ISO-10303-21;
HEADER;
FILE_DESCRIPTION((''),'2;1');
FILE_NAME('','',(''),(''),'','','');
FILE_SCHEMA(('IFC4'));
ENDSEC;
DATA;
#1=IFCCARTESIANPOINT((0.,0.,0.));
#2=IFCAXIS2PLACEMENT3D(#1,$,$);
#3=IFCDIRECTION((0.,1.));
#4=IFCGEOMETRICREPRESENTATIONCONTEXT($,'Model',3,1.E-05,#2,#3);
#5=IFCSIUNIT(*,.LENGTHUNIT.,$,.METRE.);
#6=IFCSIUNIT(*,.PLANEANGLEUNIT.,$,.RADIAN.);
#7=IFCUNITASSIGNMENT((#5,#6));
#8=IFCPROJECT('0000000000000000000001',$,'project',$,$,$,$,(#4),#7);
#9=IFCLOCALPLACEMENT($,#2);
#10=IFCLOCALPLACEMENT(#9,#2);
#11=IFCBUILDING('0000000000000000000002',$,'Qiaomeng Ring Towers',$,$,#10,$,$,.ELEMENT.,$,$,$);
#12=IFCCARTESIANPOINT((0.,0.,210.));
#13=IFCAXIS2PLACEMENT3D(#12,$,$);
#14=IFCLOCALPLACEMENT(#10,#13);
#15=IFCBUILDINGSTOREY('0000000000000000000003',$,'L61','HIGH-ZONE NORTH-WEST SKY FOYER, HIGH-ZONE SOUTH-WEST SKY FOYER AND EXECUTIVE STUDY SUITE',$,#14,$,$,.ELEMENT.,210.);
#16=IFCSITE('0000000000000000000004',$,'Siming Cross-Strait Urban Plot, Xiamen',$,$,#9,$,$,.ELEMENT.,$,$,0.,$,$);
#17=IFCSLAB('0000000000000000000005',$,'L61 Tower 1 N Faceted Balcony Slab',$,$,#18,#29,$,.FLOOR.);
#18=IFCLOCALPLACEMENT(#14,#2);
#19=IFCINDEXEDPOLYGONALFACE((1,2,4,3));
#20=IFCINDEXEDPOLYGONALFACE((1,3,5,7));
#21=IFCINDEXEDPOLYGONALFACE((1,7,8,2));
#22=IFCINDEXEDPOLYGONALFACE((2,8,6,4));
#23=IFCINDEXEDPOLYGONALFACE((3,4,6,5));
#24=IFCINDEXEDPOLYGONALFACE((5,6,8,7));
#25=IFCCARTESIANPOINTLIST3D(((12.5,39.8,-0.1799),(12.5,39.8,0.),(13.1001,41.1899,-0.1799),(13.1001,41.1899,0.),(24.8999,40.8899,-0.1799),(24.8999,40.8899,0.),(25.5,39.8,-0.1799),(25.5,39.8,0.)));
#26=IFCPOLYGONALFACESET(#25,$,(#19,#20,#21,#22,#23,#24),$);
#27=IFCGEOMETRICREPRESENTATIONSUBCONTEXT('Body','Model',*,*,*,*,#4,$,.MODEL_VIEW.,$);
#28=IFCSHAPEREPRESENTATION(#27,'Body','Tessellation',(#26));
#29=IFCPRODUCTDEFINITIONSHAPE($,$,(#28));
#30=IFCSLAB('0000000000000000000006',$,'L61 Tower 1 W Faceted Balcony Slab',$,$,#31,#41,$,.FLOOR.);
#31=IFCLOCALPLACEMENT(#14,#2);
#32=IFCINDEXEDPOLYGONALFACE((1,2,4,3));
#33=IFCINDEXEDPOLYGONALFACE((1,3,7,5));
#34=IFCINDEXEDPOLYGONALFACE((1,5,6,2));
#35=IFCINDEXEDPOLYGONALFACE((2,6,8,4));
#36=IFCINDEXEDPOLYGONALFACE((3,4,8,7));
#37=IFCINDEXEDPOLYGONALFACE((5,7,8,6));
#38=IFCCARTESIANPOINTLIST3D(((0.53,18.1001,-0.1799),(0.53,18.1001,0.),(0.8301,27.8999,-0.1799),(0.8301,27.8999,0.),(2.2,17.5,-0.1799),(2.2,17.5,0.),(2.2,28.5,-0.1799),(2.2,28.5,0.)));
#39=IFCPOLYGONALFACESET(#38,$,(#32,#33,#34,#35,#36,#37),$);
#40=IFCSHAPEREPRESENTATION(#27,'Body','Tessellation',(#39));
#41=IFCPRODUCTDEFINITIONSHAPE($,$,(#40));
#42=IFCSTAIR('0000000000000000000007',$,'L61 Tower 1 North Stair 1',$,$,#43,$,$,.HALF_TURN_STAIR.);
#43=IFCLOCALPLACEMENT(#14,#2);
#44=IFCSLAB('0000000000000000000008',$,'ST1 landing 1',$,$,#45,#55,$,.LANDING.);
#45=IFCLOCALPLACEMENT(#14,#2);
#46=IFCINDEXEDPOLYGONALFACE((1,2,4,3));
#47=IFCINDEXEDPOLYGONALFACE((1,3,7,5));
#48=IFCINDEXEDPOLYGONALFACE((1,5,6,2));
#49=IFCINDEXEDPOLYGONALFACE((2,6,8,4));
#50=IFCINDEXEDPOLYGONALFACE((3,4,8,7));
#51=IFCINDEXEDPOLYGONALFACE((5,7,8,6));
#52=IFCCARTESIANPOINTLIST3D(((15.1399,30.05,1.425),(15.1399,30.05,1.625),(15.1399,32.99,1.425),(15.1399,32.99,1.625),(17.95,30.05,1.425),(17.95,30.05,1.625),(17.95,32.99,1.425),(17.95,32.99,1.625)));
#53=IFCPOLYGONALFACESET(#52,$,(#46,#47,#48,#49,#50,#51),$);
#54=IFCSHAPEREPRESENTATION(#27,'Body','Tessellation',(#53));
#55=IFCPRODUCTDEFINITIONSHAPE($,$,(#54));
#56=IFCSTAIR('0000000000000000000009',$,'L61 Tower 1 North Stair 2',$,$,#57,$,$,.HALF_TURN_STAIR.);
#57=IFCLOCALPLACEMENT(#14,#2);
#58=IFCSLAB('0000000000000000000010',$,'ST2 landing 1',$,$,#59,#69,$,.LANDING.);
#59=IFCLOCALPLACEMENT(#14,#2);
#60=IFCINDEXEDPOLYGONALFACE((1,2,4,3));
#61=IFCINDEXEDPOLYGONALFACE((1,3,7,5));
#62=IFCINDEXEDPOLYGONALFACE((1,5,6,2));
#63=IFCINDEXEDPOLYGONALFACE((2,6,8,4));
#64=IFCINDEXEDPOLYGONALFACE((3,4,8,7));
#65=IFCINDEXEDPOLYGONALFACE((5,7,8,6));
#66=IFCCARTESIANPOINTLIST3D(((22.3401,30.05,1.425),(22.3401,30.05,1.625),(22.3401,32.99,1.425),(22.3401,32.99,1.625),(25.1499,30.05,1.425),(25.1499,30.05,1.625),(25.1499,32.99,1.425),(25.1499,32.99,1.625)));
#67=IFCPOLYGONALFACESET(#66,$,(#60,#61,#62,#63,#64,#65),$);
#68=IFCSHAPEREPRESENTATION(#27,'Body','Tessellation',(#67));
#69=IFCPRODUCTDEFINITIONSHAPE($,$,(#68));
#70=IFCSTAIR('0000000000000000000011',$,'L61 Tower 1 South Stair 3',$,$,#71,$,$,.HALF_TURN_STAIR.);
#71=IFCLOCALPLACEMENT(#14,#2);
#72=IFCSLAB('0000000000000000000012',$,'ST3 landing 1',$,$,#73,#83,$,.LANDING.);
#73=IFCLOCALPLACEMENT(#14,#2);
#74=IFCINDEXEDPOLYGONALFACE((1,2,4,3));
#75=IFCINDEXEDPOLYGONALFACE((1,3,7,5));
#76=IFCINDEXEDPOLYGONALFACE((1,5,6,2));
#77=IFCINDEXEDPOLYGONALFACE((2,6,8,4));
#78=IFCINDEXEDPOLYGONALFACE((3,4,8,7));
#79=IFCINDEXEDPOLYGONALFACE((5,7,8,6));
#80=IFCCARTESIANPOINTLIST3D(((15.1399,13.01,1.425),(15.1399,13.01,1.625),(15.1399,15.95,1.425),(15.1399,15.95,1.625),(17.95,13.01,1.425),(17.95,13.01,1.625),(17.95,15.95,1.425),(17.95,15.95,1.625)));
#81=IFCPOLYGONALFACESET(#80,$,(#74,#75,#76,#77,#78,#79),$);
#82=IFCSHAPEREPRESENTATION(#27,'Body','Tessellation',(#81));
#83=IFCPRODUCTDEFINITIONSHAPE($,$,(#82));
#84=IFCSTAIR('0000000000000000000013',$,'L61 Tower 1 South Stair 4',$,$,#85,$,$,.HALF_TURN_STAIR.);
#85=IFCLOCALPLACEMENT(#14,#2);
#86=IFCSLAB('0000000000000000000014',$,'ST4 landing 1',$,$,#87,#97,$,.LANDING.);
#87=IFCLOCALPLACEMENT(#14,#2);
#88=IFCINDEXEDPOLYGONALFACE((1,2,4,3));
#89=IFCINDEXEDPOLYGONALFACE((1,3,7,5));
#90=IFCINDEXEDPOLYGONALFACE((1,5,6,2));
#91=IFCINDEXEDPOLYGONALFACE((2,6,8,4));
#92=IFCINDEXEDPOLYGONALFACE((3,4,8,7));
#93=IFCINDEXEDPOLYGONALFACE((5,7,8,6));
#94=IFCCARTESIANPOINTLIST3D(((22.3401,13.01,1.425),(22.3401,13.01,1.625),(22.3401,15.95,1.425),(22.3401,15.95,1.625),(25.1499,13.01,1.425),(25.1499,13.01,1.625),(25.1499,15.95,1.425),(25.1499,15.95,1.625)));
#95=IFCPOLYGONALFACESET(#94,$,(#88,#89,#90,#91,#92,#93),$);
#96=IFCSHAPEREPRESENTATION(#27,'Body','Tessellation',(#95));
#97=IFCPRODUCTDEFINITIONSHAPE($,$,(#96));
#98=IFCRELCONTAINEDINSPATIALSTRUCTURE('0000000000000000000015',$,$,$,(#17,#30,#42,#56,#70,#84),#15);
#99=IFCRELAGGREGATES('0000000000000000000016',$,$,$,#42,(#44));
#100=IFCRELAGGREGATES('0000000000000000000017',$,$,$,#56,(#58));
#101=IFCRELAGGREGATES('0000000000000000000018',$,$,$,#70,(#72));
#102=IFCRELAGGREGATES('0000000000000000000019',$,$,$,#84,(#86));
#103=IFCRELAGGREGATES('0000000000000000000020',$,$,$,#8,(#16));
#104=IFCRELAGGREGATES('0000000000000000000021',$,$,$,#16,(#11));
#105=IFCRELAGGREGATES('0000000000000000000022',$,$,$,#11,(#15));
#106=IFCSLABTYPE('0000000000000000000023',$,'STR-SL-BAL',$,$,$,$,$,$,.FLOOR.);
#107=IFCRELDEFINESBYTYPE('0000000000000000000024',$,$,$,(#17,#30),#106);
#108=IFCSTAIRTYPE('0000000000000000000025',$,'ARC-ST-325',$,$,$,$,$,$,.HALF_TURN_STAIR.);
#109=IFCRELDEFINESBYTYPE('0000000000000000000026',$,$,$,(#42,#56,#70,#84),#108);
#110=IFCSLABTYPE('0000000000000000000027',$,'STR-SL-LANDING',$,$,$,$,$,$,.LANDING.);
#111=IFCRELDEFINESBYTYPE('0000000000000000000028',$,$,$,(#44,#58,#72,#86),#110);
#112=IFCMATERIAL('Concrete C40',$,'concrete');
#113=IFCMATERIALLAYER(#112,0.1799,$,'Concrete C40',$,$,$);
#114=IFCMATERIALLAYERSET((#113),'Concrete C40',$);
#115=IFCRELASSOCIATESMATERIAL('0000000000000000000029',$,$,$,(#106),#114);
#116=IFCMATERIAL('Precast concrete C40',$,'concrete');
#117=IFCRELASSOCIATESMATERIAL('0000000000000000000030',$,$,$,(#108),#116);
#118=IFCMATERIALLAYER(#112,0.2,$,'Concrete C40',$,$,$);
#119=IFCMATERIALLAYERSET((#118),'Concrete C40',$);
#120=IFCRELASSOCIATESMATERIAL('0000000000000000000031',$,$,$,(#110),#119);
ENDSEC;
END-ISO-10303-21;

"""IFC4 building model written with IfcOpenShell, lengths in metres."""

from ifc_helpers import new_model, si_unit, direction, frame, origin, place, context, subcontext, project, spatial, polyline, outline, extrude, material, layer, layer_set, type_object, element, aggregate, save


model = new_model("IFC4")

# Units and contexts
model_context = context("Model", 3, precision=1e-05, world=origin(), true_north=direction((0.0, 1.0)))
body_context = subcontext(model_context, "Body", "Model", "MODEL_VIEW")
ifc_project = project(units=[si_unit("LENGTHUNIT", "METRE"), si_unit("PLANEANGLEUNIT", "RADIAN")], contexts=[model_context])

# Site, building, storey
site_placement = place(None, origin())
site = spatial("IfcSite", under=ifc_project, at=site_placement, Name="Siming Cross-Strait Urban Plot, Xiamen", CompositionType="ELEMENT", RefElevation=0.0)
building_placement = place(site_placement, origin())
building = spatial("IfcBuilding", under=site, at=building_placement, Name="Qiaomeng Ring Towers", CompositionType="ELEMENT")
storey_placement = place(building_placement, frame((0.0, 0.0, 210.0)))
storey = spatial("IfcBuildingStorey", under=building, at=storey_placement, Name="L61", Description="HIGH-ZONE NORTH-WEST SKY FOYER, HIGH-ZONE SOUTH-WEST SKY FOYER AND EXECUTIVE STUDY SUITE", CompositionType="ELEMENT", Elevation=210.0)

# Shared definitions
ifc_material_1 = material(Name="Concrete C40", Category="concrete")

# Slabs
ifc_layer_1 = layer(ifc_material_1, 0.1799, Name="Concrete C40")
ifc_layer_set_1 = layer_set([ifc_layer_1], Name="Concrete C40")
slab_type_1 = type_object("IfcSlabType", Name="STR-SL-BAL", PredefinedType="FLOOR", material=ifc_layer_set_1)
slab_1_placement = place(storey_placement, frame((0.0, 0.0, -0.1799)))
element("IfcSlab", 1, at=slab_1_placement, inside=storey, type_object=slab_type_1, Name="L61 Tower 1 N Faceted Balcony Slab", PredefinedType="FLOOR", context=body_context, shape_type="SweptSolid", body=[
    extrude(outline(polyline([(12.5, 39.8), (13.1001, 41.1899), (24.8999, 40.8899), (25.5, 39.8), (12.5, 39.8)])), origin(), (0.0, 0.0, 1.0), 0.1799),
])
slab_2_placement = place(storey_placement, frame((0.0, 0.0, -0.1799)))
element("IfcSlab", 2, at=slab_2_placement, inside=storey, type_object=slab_type_1, Name="L61 Tower 1 W Faceted Balcony Slab", PredefinedType="FLOOR", context=body_context, shape_type="SweptSolid", body=[
    extrude(outline(polyline([(0.53, 18.1001), (0.8301, 27.8999), (2.2, 28.5), (2.2, 17.5), (0.53, 18.1001)])), origin(), (0.0, 0.0, 1.0), 0.1799),
])

# Stairs, slabs
ifc_material_2 = material(Name="Precast concrete C40", Category="concrete")
stair_type = type_object("IfcStairType", Name="ARC-ST-325", PredefinedType="HALF_TURN_STAIR", material=ifc_material_2)
stair_1_placement = place(storey_placement, origin())
stair_1 = element("IfcStair", 3, at=stair_1_placement, inside=storey, type_object=stair_type, Name="L61 Tower 1 North Stair 1", PredefinedType="HALF_TURN_STAIR")
ifc_layer_2 = layer(ifc_material_1, 0.2, Name="Concrete C40")
ifc_layer_set_2 = layer_set([ifc_layer_2], Name="Concrete C40")
slab_type_2 = type_object("IfcSlabType", Name="STR-SL-LANDING", PredefinedType="LANDING", material=ifc_layer_set_2)
slab_3_placement = place(storey_placement, frame((0.0, 0.0, 1.425)))
slab_3 = element("IfcSlab", 4, at=slab_3_placement, type_object=slab_type_2, Name="ST1 landing 1", PredefinedType="LANDING", context=body_context, shape_type="SweptSolid", body=[
    extrude(outline(polyline([(15.1399, 30.05), (17.95, 30.05), (17.95, 32.99), (15.1399, 32.99), (15.1399, 30.05)])), origin(), (0.0, 0.0, 1.0), 0.2),
])
aggregate(stair_1, [slab_3])
stair_2_placement = place(storey_placement, origin())
stair_2 = element("IfcStair", 5, at=stair_2_placement, inside=storey, type_object=stair_type, Name="L61 Tower 1 North Stair 2", PredefinedType="HALF_TURN_STAIR")
slab_4_placement = place(storey_placement, frame((0.0, 0.0, 1.425)))
slab_4 = element("IfcSlab", 6, at=slab_4_placement, type_object=slab_type_2, Name="ST2 landing 1", PredefinedType="LANDING", context=body_context, shape_type="SweptSolid", body=[
    extrude(outline(polyline([(22.3401, 30.05), (25.1499, 30.05), (25.1499, 32.99), (22.3401, 32.99), (22.3401, 30.05)])), origin(), (0.0, 0.0, 1.0), 0.2),
])
aggregate(stair_2, [slab_4])
stair_3_placement = place(storey_placement, origin())
stair_3 = element("IfcStair", 7, at=stair_3_placement, inside=storey, type_object=stair_type, Name="L61 Tower 1 South Stair 3", PredefinedType="HALF_TURN_STAIR")
slab_5_placement = place(storey_placement, frame((0.0, 0.0, 1.425)))
slab_5 = element("IfcSlab", 8, at=slab_5_placement, type_object=slab_type_2, Name="ST3 landing 1", PredefinedType="LANDING", context=body_context, shape_type="SweptSolid", body=[
    extrude(outline(polyline([(15.1399, 13.01), (17.95, 13.01), (17.95, 15.95), (15.1399, 15.95), (15.1399, 13.01)])), origin(), (0.0, 0.0, 1.0), 0.2),
])
aggregate(stair_3, [slab_5])
stair_4_placement = place(storey_placement, origin())
stair_4 = element("IfcStair", 9, at=stair_4_placement, inside=storey, type_object=stair_type, Name="L61 Tower 1 South Stair 4", PredefinedType="HALF_TURN_STAIR")
slab_6_placement = place(storey_placement, frame((0.0, 0.0, 1.425)))
slab_6 = element("IfcSlab", 10, at=slab_6_placement, type_object=slab_type_2, Name="ST4 landing 1", PredefinedType="LANDING", context=body_context, shape_type="SweptSolid", body=[
    extrude(outline(polyline([(22.3401, 13.01), (25.1499, 13.01), (25.1499, 15.95), (22.3401, 15.95), (22.3401, 13.01)])), origin(), (0.0, 0.0, 1.0), 0.2),
])
aggregate(stair_4, [slab_6])

save(model, "model.ifc")
